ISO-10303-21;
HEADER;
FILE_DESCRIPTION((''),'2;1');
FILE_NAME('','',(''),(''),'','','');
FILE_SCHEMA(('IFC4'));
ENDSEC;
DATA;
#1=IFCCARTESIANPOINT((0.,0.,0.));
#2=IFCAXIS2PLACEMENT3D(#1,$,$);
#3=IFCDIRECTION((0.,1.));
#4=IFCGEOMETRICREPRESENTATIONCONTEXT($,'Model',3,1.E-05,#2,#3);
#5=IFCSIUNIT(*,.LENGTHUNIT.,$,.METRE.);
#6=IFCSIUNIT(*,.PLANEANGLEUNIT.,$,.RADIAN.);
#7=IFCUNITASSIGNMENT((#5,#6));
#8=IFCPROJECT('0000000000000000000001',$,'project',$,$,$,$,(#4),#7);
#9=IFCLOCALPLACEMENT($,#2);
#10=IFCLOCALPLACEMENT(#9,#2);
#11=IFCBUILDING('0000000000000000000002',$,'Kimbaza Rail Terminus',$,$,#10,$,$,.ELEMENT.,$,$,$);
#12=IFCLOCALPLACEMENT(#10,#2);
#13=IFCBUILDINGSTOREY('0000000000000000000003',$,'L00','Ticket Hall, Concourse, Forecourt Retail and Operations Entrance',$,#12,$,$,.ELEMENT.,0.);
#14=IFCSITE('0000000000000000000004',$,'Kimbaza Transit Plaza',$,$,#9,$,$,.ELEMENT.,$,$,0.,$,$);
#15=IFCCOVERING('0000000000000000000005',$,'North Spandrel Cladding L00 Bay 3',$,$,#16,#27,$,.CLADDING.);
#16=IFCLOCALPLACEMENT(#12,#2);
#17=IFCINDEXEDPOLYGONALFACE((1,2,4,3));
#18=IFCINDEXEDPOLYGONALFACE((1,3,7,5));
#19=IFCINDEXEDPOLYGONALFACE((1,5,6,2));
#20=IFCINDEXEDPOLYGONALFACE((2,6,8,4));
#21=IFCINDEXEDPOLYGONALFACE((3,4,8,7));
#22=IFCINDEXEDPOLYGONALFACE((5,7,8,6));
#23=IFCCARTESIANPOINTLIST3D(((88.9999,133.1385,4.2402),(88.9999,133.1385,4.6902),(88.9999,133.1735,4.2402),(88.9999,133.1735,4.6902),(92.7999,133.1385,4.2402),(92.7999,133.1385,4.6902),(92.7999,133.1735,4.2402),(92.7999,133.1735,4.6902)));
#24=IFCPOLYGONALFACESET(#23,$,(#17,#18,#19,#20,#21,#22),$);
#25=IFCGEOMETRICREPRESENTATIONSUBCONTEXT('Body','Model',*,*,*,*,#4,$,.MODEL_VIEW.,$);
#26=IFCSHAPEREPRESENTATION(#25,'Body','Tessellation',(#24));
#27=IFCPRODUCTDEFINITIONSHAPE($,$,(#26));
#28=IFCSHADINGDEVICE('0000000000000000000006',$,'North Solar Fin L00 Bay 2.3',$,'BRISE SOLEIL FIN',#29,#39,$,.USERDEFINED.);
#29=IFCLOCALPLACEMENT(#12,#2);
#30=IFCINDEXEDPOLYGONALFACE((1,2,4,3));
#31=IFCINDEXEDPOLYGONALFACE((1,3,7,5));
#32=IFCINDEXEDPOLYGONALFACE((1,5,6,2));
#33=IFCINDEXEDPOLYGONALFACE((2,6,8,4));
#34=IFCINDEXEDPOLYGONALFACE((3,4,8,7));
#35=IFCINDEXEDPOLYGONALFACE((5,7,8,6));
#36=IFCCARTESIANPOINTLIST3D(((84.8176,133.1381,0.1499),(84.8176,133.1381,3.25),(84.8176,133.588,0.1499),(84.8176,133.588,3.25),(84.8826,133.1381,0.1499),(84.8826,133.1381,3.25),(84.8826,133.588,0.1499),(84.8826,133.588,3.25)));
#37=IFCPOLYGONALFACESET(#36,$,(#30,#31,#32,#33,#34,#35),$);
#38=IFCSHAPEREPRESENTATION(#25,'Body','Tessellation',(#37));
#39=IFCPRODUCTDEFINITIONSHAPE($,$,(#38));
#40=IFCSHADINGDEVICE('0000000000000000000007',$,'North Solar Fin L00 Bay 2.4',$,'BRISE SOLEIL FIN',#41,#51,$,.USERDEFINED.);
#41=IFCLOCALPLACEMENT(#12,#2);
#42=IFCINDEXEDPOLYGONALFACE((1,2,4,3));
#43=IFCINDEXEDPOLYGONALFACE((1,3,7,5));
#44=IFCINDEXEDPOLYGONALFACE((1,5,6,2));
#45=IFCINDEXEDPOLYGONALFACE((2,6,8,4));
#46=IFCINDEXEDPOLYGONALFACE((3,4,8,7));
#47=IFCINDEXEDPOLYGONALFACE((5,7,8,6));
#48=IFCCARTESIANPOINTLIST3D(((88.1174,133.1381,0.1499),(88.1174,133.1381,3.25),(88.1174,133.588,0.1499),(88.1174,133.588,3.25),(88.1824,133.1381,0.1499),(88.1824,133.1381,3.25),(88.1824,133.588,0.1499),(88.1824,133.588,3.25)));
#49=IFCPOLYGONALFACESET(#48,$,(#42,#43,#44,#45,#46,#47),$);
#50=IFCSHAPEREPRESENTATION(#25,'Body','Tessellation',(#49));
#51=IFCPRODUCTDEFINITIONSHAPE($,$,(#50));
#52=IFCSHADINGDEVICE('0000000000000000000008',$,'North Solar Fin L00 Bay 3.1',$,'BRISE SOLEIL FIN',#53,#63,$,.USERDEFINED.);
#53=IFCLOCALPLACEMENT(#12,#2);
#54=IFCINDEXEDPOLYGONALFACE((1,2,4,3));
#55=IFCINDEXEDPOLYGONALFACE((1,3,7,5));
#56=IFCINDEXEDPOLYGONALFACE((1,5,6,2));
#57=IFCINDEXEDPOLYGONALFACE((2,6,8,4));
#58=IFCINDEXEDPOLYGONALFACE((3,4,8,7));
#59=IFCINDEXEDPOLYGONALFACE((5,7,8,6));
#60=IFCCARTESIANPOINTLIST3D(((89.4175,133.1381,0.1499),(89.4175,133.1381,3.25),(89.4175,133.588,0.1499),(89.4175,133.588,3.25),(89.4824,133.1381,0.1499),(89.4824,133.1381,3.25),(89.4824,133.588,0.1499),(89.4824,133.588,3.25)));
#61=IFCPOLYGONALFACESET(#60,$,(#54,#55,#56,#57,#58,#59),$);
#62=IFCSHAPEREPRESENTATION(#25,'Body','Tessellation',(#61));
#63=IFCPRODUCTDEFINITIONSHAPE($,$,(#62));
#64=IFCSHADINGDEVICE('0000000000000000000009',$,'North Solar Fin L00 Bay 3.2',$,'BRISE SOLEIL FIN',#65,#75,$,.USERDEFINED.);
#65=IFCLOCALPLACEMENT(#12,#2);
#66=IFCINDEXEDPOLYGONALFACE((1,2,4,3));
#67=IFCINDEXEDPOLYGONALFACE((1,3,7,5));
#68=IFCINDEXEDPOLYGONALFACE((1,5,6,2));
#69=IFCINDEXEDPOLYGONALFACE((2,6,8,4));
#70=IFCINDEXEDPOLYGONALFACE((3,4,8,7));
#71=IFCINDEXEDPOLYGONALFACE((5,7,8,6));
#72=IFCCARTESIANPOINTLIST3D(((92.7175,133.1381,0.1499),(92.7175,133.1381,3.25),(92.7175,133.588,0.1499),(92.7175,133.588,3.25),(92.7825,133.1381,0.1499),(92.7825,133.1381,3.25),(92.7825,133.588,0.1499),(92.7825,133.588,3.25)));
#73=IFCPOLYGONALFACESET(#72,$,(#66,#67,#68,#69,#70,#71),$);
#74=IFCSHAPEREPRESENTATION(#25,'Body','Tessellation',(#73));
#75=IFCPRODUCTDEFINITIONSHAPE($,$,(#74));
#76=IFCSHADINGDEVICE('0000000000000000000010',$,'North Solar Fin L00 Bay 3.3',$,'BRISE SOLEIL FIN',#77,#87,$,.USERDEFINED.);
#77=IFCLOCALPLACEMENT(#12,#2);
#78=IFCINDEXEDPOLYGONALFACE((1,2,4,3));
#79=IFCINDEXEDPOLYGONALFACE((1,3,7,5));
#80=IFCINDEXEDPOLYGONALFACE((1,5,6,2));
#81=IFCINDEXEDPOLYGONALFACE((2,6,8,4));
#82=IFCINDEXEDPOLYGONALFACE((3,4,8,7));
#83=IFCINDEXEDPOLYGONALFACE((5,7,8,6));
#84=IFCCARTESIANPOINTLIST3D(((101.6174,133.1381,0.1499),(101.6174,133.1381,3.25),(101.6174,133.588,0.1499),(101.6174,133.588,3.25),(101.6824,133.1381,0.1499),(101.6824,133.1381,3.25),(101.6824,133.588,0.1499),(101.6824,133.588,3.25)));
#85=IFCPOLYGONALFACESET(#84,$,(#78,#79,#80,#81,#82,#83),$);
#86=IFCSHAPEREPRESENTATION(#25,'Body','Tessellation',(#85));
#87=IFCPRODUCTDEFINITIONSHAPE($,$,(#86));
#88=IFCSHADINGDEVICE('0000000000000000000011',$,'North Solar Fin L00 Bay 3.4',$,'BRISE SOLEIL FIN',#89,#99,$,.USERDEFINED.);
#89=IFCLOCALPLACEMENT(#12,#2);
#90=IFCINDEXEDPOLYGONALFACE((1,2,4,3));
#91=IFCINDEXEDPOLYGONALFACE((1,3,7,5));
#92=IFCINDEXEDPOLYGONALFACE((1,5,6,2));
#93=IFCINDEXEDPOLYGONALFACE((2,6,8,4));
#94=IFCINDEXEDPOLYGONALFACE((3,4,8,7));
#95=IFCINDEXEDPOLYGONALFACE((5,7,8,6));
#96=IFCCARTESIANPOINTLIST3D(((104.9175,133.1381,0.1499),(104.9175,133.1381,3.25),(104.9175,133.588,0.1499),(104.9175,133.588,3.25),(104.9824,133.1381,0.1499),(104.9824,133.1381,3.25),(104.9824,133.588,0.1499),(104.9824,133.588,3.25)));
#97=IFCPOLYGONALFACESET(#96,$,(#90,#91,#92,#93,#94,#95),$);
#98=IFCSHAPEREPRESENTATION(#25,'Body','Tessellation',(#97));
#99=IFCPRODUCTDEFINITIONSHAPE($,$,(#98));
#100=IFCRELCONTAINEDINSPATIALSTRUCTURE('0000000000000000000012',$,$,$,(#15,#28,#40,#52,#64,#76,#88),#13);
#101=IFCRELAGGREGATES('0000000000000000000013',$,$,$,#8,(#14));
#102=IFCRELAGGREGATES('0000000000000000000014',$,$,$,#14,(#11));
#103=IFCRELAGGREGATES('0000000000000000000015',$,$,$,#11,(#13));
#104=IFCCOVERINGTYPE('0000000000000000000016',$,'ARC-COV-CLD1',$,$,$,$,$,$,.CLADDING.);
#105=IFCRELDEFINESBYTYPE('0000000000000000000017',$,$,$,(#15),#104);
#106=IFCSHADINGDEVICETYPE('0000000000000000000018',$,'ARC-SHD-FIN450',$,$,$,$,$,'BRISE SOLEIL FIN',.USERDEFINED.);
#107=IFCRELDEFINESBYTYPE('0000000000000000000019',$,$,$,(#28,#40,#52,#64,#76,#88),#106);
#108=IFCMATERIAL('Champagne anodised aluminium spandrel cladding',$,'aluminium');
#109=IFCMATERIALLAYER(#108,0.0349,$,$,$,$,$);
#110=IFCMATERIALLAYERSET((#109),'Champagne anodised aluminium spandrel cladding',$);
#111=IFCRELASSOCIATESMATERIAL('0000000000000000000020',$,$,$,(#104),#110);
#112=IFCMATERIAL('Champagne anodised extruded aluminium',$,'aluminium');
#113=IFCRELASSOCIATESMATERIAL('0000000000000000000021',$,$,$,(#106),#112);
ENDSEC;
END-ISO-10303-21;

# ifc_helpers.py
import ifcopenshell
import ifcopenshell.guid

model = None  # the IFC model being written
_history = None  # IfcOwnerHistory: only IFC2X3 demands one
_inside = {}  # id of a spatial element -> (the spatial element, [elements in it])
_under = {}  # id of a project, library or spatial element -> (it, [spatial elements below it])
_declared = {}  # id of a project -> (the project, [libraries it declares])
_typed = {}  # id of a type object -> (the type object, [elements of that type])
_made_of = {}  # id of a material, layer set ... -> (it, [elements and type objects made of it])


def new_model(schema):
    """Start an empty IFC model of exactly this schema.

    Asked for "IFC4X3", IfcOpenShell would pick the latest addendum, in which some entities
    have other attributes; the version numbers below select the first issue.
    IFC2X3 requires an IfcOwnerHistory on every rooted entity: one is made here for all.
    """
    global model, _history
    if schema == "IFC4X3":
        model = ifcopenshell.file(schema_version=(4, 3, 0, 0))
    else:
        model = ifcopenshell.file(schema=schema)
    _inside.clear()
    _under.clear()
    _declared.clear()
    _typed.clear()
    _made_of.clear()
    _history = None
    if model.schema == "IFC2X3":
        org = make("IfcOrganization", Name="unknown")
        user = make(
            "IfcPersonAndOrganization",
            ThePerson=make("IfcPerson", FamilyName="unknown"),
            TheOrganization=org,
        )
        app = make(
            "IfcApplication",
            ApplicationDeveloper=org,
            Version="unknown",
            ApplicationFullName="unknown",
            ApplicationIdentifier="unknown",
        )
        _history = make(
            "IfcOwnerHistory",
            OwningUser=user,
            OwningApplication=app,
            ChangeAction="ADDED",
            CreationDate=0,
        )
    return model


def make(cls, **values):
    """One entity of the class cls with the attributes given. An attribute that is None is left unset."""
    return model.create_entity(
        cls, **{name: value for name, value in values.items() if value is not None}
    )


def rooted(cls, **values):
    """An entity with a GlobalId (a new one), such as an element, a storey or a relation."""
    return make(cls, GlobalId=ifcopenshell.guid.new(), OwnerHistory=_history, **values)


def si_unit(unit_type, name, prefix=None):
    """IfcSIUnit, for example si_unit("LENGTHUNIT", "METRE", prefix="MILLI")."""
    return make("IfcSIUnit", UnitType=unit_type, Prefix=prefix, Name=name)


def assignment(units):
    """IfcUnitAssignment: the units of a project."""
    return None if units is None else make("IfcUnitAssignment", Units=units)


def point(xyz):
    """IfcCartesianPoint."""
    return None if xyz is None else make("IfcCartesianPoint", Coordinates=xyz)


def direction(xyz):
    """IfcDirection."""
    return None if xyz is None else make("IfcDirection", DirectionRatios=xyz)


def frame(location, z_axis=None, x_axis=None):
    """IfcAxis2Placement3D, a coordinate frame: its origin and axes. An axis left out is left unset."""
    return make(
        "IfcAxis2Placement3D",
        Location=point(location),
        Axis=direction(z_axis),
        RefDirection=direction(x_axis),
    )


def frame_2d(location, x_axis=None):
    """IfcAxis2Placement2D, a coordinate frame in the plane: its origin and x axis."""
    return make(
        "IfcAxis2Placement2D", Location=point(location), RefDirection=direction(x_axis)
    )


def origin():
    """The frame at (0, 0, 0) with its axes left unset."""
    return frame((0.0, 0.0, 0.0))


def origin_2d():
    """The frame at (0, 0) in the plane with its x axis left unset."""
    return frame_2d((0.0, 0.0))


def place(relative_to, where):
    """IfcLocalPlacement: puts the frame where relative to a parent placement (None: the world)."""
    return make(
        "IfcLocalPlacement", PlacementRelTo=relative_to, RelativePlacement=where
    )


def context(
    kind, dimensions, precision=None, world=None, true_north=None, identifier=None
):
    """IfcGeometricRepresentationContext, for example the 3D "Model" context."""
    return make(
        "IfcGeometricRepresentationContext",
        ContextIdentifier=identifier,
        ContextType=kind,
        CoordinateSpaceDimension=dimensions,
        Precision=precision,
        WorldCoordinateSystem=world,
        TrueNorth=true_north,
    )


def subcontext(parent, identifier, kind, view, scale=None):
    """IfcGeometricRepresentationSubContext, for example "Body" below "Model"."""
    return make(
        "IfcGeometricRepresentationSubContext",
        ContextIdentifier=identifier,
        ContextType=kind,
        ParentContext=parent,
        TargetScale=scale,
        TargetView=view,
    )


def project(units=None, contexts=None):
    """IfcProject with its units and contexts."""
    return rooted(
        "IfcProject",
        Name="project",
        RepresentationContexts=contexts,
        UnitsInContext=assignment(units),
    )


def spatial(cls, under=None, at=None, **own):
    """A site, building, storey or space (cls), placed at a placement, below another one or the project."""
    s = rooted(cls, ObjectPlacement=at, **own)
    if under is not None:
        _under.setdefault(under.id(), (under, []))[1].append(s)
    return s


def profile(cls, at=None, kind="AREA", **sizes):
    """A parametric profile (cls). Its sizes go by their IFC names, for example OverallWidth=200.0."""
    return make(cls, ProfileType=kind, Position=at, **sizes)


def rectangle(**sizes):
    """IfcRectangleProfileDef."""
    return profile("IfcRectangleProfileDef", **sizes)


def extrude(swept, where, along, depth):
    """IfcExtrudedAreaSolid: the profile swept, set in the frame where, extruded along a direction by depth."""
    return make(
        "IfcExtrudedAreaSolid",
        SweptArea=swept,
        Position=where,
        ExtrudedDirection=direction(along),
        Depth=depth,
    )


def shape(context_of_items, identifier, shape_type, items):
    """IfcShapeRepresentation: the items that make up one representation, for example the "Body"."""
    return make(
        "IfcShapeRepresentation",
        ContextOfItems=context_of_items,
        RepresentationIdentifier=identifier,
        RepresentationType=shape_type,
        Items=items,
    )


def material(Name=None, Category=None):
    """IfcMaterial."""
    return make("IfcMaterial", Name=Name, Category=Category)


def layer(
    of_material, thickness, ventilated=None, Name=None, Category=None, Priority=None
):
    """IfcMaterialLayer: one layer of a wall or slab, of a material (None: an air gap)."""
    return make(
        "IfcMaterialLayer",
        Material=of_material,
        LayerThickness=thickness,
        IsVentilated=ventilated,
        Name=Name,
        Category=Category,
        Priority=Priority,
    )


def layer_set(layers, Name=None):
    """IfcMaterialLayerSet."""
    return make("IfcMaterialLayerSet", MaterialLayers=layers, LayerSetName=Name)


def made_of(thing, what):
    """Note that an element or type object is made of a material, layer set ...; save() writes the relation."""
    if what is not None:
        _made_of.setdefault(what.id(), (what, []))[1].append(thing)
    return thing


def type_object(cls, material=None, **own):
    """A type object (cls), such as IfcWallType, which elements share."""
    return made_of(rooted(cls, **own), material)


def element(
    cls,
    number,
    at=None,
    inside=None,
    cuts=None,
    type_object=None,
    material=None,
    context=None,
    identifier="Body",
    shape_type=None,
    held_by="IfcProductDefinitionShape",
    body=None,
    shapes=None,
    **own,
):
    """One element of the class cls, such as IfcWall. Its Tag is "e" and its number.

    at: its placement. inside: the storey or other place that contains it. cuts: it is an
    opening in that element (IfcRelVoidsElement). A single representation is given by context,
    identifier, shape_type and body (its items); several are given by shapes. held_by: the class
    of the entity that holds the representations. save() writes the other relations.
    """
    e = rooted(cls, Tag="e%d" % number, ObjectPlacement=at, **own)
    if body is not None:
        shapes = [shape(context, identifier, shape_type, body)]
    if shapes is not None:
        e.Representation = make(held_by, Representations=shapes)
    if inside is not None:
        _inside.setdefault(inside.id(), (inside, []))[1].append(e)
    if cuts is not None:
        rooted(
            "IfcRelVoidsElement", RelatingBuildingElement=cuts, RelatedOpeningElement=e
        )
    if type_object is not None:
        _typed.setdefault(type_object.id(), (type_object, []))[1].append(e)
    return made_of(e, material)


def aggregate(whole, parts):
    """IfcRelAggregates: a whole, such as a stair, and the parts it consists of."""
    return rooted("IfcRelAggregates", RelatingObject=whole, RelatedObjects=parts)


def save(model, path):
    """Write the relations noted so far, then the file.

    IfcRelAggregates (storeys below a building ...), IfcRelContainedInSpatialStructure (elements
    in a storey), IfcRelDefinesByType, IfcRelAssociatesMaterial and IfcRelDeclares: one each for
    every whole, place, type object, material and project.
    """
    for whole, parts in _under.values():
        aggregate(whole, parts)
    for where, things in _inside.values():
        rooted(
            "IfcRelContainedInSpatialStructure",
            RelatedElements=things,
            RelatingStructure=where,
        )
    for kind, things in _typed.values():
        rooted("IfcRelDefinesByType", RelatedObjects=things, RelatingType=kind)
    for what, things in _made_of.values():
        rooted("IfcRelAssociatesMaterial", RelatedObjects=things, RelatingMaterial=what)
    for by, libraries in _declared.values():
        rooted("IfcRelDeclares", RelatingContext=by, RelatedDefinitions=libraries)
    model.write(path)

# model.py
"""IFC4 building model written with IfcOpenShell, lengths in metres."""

from ifc_helpers import new_model, si_unit, direction, frame, origin, origin_2d, place, context, subcontext, project, spatial, rectangle, extrude, material, layer, layer_set, type_object, element, save


model = new_model("IFC4")

# Units and contexts
model_context = context("Model", 3, precision=1e-05, world=origin(), true_north=direction((0.0, 1.0)))
body_context = subcontext(model_context, "Body", "Model", "MODEL_VIEW")
ifc_project = project(units=[si_unit("LENGTHUNIT", "METRE"), si_unit("PLANEANGLEUNIT", "RADIAN")], contexts=[model_context])

# Site, building, storey
site_placement = place(None, origin())
site = spatial("IfcSite", under=ifc_project, at=site_placement, Name="Kimbaza Transit Plaza", CompositionType="ELEMENT", RefElevation=0.0)
building_placement = place(site_placement, origin())
building = spatial("IfcBuilding", under=site, at=building_placement, Name="Kimbaza Rail Terminus", CompositionType="ELEMENT")
storey_placement = place(building_placement, origin())
storey = spatial("IfcBuildingStorey", under=building, at=storey_placement, Name="L00", Description="Ticket Hall, Concourse, Forecourt Retail and Operations Entrance", CompositionType="ELEMENT", Elevation=0.0)

# Covering
ifc_material_1 = material(Name="Champagne anodised aluminium spandrel cladding", Category="aluminium")
ifc_layer_1 = layer(ifc_material_1, 0.0349)
ifc_layer_set_1 = layer_set([ifc_layer_1], Name="Champagne anodised aluminium spandrel cladding")
covering_type = type_object("IfcCoveringType", Name="ARC-COV-CLD1", PredefinedType="CLADDING", material=ifc_layer_set_1)
covering_placement = place(storey_placement, frame((90.8999, 133.156, 4.2402), z_axis=(0.0, 0.0, 1.0), x_axis=(1.0, 0.0, 0.0)))
element("IfcCovering", 1, at=covering_placement, inside=storey, type_object=covering_type, Name="North Spandrel Cladding L00 Bay 3", PredefinedType="CLADDING", context=body_context, shape_type="SweptSolid", body=[
    extrude(rectangle(XDim=3.8, YDim=0.0349, at=origin_2d()), origin(), (0.0, 0.0, 1.0), 0.45),
])

# Shading devices
ifc_material_2 = material(Name="Champagne anodised extruded aluminium", Category="aluminium")
shading_device_type = type_object("IfcShadingDeviceType", Name="ARC-SHD-FIN450", ElementType="BRISE SOLEIL FIN", PredefinedType="USERDEFINED", material=ifc_material_2)
for number, where, z_axis, x_axis, name in (
    (2, (84.8501, 133.363, 0.1499), (0.0, 0.0, 1.0), (1.0, 0.0, 0.0), "North Solar Fin L00 Bay 2.3"),
    (3, (88.1499, 133.363, 0.1499), (0.0, 0.0, 1.0), (1.0, 0.0, 0.0), "North Solar Fin L00 Bay 2.4"),
    (4, (89.45, 133.363, 0.1499), (0.0, 0.0, 1.0), (1.0, 0.0, 0.0), "North Solar Fin L00 Bay 3.1"),
    (5, (92.75, 133.363, 0.1499), (0.0, 0.0, 1.0), (1.0, 0.0, 0.0), "North Solar Fin L00 Bay 3.2"),
    (6, (101.6499, 133.363, 0.1499), (0.0, 0.0, 1.0), (1.0, 0.0, 0.0), "North Solar Fin L00 Bay 3.3"),
    (7, (104.95, 133.363, 0.1499), (0.0, 0.0, 1.0), (1.0, 0.0, 0.0), "North Solar Fin L00 Bay 3.4"),
):
    element("IfcShadingDevice", number, at=place(storey_placement, frame(where, z_axis=z_axis, x_axis=x_axis)), inside=storey, type_object=shading_device_type, Name=name, ObjectType="BRISE SOLEIL FIN", PredefinedType="USERDEFINED", context=body_context, shape_type="SweptSolid", body=[
        extrude(rectangle(XDim=0.0649, YDim=0.45, at=origin_2d()), origin(), (0.0, 0.0, 1.0), 3.1001),
    ])

save(model, "model.ifc")
